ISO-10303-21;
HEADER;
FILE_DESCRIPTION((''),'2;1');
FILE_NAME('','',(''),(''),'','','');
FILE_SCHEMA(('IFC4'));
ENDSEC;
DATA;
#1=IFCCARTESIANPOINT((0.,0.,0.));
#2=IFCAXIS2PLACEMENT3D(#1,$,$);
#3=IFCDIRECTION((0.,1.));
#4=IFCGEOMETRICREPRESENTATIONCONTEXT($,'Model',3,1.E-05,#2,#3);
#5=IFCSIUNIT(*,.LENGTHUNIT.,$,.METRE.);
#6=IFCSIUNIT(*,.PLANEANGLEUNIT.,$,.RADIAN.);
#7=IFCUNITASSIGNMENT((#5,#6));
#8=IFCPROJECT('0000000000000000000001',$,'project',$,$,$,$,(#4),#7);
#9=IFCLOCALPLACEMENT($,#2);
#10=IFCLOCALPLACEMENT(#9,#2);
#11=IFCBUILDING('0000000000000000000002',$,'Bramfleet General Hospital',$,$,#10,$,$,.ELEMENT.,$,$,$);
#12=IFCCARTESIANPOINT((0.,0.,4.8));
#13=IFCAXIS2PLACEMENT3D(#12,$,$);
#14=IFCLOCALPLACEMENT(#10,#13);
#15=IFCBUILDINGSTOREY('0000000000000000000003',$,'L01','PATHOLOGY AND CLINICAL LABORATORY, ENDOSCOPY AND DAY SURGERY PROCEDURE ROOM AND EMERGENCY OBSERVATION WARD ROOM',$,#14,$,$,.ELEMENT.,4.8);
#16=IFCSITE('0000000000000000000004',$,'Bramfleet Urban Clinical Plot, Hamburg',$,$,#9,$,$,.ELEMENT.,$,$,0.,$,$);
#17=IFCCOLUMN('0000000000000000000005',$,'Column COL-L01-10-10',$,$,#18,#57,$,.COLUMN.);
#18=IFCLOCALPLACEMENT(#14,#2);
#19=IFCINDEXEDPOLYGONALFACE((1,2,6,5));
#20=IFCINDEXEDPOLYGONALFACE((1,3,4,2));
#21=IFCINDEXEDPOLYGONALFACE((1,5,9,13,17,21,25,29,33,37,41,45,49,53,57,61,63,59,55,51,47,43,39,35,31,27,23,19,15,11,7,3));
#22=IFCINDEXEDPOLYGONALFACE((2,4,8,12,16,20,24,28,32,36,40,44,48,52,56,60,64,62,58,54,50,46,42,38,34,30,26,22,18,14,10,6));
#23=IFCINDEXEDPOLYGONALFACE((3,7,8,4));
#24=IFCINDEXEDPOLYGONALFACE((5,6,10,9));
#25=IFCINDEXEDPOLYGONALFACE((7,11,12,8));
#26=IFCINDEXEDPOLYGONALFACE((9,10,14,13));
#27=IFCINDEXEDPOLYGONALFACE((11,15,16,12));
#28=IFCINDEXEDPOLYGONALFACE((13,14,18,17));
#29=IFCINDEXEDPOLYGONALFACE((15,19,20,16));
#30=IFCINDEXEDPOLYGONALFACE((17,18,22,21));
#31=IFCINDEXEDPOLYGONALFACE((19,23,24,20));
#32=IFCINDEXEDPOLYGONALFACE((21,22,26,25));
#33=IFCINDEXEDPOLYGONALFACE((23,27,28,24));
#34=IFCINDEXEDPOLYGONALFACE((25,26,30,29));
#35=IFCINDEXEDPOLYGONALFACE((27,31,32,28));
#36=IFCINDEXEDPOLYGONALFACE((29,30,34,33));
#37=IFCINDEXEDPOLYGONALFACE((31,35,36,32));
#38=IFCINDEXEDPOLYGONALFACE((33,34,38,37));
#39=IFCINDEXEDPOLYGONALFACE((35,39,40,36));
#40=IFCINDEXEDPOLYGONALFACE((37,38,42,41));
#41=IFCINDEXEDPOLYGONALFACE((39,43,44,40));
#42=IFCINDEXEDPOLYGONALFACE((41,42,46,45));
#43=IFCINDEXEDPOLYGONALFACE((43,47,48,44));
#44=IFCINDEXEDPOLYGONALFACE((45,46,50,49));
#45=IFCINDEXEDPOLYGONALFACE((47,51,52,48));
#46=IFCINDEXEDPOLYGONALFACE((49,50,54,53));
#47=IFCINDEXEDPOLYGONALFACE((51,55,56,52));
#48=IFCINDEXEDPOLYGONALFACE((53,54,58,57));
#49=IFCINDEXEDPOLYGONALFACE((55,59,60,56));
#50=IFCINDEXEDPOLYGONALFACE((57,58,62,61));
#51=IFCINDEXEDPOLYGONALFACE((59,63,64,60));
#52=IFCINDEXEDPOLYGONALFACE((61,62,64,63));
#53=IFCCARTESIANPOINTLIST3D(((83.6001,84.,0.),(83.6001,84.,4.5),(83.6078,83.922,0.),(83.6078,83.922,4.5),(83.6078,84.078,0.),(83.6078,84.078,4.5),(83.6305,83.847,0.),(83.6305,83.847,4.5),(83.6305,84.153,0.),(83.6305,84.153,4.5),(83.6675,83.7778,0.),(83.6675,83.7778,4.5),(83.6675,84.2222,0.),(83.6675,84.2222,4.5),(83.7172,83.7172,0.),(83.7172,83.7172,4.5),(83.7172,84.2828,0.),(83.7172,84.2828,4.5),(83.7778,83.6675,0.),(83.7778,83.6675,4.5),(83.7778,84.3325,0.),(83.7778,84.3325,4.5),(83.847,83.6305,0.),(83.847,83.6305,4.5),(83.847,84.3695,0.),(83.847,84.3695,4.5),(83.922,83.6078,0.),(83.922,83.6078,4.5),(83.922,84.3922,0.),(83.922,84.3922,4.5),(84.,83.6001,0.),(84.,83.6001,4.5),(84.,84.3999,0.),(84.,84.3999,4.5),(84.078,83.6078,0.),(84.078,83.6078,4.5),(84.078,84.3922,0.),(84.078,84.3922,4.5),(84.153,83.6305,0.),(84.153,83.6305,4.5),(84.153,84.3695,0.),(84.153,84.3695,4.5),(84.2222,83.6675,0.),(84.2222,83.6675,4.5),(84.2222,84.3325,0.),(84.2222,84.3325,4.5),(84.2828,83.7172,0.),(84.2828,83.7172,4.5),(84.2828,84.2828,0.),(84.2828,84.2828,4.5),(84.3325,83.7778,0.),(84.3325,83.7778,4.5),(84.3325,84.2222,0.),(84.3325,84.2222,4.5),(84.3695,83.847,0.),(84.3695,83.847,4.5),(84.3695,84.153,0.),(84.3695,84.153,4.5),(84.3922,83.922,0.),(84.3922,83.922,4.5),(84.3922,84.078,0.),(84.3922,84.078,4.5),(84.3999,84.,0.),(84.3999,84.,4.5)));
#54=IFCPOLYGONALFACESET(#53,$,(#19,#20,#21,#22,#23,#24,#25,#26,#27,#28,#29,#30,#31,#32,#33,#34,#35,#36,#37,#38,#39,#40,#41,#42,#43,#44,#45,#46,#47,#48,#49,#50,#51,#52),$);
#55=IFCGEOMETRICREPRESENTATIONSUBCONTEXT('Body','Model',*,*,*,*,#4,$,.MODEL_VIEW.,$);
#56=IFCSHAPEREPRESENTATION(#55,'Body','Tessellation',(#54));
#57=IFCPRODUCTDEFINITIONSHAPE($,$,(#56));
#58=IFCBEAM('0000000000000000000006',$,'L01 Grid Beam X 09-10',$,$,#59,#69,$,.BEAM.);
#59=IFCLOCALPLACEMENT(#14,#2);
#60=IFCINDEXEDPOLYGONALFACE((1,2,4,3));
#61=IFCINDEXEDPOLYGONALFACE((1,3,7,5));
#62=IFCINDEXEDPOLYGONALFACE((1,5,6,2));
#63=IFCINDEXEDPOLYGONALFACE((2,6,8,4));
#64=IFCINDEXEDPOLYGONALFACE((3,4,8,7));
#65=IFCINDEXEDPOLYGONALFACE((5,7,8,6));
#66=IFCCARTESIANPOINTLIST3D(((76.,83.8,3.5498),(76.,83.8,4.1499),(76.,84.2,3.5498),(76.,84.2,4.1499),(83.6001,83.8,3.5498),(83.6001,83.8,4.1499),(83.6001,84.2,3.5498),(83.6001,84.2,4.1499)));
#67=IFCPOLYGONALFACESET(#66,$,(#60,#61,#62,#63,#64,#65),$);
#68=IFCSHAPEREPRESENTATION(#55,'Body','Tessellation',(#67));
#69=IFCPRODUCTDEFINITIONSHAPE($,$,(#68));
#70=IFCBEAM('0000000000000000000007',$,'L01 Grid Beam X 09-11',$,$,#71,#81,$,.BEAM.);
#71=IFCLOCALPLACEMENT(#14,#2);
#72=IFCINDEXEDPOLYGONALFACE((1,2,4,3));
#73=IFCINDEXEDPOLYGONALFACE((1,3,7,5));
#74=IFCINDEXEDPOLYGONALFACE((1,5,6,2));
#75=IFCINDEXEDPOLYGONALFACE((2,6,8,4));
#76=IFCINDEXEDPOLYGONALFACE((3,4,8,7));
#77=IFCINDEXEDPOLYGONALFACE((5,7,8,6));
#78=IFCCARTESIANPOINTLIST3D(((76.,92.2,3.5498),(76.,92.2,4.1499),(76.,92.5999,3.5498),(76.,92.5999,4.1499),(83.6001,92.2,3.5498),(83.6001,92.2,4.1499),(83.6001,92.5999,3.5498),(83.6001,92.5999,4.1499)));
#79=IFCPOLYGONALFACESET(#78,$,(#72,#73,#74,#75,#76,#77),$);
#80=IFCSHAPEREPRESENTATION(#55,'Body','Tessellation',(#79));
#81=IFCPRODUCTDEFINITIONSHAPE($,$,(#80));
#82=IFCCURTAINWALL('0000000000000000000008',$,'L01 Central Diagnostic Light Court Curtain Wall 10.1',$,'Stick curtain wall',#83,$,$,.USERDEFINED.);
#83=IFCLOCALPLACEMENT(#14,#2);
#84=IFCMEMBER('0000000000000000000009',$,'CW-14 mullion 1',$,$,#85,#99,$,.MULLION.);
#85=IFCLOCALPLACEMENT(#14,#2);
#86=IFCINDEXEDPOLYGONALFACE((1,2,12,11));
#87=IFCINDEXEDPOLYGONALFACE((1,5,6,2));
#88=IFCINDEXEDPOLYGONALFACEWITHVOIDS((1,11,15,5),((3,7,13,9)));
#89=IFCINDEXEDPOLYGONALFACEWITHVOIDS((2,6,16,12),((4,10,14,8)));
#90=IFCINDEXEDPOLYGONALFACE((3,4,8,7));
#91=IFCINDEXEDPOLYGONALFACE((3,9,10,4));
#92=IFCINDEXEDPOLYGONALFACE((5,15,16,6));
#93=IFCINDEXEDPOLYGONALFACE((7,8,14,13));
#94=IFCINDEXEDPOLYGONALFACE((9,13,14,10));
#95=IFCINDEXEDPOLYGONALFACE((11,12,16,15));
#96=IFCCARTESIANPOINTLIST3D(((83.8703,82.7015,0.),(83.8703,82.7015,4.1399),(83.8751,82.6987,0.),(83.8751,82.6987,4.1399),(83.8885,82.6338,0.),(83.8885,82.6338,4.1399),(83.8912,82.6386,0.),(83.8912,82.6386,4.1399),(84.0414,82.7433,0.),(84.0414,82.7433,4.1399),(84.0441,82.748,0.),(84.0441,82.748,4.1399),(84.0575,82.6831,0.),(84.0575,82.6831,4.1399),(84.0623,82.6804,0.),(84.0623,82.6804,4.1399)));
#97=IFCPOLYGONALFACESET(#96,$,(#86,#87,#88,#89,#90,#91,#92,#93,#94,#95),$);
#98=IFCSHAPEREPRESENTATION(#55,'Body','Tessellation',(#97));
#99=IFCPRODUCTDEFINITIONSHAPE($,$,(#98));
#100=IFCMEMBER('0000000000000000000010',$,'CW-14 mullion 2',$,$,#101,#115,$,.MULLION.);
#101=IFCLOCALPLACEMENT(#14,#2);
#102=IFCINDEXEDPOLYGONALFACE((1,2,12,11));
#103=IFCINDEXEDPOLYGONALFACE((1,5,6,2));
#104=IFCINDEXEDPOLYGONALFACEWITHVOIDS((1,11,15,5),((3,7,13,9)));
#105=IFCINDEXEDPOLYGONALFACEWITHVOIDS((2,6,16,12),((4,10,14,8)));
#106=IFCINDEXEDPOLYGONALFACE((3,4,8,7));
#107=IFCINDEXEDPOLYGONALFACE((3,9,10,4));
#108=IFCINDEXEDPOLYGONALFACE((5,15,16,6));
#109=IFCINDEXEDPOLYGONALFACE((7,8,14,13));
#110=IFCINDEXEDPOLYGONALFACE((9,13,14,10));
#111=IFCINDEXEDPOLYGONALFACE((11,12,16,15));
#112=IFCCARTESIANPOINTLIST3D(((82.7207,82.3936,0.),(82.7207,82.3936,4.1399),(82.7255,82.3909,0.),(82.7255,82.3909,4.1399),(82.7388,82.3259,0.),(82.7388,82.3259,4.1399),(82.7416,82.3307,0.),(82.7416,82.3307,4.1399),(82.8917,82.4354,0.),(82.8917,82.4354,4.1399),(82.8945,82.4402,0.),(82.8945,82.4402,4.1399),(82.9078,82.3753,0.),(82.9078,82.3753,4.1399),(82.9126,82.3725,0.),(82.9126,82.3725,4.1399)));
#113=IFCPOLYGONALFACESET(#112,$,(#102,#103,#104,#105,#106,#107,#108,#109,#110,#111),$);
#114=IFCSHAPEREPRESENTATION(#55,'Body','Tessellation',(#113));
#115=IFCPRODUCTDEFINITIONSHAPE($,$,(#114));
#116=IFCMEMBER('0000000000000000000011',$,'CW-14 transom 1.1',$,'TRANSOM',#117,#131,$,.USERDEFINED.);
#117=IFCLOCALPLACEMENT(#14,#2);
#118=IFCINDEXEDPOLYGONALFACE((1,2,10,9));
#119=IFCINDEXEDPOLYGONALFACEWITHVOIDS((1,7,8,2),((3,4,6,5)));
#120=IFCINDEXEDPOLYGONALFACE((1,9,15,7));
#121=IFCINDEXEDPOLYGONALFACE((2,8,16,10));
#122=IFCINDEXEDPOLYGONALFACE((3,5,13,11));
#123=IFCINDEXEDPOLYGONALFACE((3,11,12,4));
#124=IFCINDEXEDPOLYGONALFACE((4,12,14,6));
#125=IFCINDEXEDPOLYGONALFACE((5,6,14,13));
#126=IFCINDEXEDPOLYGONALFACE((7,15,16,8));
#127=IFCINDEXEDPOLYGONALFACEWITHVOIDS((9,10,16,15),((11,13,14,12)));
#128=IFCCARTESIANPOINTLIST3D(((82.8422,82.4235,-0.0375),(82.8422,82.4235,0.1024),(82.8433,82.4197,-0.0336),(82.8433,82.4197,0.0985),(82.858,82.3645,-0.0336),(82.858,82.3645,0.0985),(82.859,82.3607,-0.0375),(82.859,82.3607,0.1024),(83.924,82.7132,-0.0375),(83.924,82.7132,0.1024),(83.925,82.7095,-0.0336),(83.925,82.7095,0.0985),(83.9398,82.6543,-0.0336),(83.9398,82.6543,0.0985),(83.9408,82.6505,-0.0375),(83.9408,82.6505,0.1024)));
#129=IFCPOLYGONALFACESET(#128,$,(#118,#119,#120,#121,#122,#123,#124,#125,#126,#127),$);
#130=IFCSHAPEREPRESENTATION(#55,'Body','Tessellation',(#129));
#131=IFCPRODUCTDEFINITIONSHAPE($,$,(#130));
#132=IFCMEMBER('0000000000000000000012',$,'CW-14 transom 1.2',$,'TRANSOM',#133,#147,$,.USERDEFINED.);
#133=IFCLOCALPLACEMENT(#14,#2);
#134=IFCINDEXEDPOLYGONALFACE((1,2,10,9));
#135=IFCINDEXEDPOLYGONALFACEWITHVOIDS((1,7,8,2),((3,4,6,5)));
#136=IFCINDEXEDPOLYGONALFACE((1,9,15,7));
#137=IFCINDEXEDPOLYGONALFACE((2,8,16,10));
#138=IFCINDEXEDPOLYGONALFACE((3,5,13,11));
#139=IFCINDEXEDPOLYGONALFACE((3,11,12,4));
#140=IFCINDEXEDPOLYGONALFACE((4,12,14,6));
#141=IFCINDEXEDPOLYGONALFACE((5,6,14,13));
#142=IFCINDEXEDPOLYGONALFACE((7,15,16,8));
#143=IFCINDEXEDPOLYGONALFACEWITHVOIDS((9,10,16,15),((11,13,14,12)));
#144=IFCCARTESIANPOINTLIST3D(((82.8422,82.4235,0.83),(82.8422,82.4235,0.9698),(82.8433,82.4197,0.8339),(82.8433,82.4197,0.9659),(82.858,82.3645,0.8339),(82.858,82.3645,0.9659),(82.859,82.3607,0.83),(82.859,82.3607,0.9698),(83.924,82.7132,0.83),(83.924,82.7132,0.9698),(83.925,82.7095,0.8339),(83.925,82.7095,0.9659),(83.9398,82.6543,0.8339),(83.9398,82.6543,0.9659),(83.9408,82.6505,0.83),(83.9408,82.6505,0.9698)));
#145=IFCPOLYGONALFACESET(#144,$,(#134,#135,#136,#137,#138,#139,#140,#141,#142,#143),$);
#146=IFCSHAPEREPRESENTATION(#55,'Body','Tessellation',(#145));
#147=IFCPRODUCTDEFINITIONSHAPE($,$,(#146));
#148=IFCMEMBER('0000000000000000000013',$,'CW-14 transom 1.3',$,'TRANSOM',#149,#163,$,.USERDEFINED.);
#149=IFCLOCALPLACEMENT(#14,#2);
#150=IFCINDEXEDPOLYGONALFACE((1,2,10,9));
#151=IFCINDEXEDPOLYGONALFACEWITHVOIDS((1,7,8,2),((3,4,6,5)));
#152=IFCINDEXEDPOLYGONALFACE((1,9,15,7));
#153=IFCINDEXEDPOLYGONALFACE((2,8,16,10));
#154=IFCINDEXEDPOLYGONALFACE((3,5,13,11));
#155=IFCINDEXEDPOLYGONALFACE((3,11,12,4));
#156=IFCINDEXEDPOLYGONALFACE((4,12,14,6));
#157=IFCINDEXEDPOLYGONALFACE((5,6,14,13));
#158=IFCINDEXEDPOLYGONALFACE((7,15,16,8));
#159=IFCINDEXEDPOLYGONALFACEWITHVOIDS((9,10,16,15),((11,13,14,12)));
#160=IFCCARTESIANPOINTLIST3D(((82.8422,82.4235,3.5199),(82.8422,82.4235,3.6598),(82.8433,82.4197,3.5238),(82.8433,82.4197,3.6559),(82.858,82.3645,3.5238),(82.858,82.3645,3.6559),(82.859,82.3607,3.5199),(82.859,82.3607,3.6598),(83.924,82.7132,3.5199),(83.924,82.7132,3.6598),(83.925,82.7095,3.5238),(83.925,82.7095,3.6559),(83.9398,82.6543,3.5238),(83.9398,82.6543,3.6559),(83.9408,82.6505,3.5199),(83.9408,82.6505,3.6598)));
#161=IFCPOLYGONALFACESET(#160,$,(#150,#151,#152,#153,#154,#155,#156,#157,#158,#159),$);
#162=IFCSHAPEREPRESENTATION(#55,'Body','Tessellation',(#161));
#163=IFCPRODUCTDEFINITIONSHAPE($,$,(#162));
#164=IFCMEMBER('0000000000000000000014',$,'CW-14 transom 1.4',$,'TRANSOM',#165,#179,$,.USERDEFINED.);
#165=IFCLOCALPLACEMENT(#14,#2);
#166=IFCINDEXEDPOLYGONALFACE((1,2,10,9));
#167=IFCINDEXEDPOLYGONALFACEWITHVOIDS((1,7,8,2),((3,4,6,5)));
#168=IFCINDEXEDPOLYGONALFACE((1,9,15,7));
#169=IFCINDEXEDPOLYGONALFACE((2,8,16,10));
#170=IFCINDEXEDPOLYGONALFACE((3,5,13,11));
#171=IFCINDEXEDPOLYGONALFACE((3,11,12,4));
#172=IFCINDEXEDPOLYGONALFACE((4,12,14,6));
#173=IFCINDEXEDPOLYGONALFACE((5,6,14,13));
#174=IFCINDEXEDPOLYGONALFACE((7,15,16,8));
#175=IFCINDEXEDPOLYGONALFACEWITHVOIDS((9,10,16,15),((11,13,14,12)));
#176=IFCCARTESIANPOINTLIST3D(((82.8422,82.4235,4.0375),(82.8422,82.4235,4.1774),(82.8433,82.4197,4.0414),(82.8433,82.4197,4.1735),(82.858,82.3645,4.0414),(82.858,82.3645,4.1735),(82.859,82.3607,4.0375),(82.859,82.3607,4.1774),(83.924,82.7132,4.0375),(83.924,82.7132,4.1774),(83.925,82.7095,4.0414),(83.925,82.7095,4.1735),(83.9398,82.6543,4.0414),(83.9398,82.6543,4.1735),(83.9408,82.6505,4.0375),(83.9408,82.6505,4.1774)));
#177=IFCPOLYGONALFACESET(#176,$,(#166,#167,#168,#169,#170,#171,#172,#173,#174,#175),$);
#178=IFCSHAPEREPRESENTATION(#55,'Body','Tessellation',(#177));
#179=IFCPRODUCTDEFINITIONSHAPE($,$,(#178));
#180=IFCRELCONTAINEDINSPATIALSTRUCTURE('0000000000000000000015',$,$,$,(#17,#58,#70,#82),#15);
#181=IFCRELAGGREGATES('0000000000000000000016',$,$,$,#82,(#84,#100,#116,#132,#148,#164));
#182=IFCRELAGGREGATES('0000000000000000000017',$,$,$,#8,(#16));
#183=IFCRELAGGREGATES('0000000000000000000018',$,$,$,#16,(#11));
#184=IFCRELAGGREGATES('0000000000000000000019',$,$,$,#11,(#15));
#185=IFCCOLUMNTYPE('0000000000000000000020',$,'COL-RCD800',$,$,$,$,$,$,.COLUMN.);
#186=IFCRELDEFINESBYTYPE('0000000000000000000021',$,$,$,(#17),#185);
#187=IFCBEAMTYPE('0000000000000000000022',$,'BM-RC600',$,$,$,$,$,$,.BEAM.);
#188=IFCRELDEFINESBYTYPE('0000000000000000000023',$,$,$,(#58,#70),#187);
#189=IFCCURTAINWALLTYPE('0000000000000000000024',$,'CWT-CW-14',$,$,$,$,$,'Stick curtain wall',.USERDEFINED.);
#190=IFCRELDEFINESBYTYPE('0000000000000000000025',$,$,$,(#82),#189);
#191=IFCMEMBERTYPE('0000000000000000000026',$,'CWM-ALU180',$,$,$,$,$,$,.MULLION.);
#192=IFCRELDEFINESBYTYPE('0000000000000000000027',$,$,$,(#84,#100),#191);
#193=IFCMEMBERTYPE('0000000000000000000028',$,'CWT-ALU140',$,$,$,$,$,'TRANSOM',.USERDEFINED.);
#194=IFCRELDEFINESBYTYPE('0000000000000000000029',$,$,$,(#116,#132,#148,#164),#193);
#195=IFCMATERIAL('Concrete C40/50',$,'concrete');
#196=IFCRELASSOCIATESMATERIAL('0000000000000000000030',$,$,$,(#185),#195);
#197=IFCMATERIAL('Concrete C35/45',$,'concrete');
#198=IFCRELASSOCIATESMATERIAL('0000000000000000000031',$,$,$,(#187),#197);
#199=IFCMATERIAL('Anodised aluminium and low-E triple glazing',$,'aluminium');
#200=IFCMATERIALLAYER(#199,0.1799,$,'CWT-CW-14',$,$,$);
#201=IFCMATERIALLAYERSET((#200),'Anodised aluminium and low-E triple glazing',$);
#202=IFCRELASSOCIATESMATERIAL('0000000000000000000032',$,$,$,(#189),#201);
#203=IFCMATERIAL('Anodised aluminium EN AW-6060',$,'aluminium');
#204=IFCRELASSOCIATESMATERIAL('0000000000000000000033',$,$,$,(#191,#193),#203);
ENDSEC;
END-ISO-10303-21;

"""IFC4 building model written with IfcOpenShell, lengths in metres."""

from ifc_helpers import new_model, si_unit, direction, frame, origin, origin_2d, place, context, subcontext, project, spatial, rectangle, hollow_rectangle, circle, extrude, material, layer, layer_set, material_profile, profile_set, type_object, element, aggregate, save


model = new_model("IFC4")

# Units and contexts
model_context = context("Model", 3, precision=1e-05, world=origin(), true_north=direction((0.0, 1.0)))
body_context = subcontext(model_context, "Body", "Model", "MODEL_VIEW")
ifc_project = project(units=[si_unit("LENGTHUNIT", "METRE"), si_unit("PLANEANGLEUNIT", "RADIAN")], contexts=[model_context])

# Site, building, storey
site_placement = place(None, origin())
site = spatial("IfcSite", under=ifc_project, at=site_placement, Name="Bramfleet Urban Clinical Plot, Hamburg", CompositionType="ELEMENT", RefElevation=0.0)
building_placement = place(site_placement, origin())
building = spatial("IfcBuilding", under=site, at=building_placement, Name="Bramfleet General Hospital", CompositionType="ELEMENT")
storey_placement = place(building_placement, frame((0.0, 0.0, 4.8)))
storey = spatial("IfcBuildingStorey", under=building, at=storey_placement, Name="L01", Description="PATHOLOGY AND CLINICAL LABORATORY, ENDOSCOPY AND DAY SURGERY PROCEDURE ROOM AND EMERGENCY OBSERVATION WARD ROOM", CompositionType="ELEMENT", Elevation=4.8)

# Column
ifc_material_1 = material(Name="Concrete C40/50", Category="concrete")
ifc_material_profile_1 = material_profile(ifc_material_1, circle(Radius=0.3999, at=origin_2d()), Name="RC ROUND D800")
ifc_profile_set_1 = profile_set([ifc_material_profile_1], Name="Concrete C40/50")
column_type = type_object("IfcColumnType", Name="COL-RCD800", PredefinedType="COLUMN", material=ifc_profile_set_1)
column_placement = place(storey_placement, frame((84.0, 84.0, 0.0), z_axis=(0.0, 0.0, 1.0), x_axis=(1.0, 0.0, 0.0)))
element("IfcColumn", 1, at=column_placement, inside=storey, type_object=column_type, Name="Column COL-L01-10-10", PredefinedType="COLUMN", context=body_context, shape_type="SweptSolid", body=[
    extrude(circle(Radius=0.3999, at=origin_2d()), origin(), (0.0, 0.0, 1.0), 4.5),
])

# Beams
ifc_material_2 = material(Name="Concrete C35/45", Category="concrete")
ifc_material_profile_2 = material_profile(ifc_material_2, rectangle(XDim=0.3999, YDim=0.6001, at=origin_2d()), Name="RC BM 600x400")
ifc_profile_set_2 = profile_set([ifc_material_profile_2], Name="Concrete C35/45")
beam_type = type_object("IfcBeamType", Name="BM-RC600", PredefinedType="BEAM", material=ifc_profile_set_2)
for number, where, z_axis, x_axis, name in (
    (2, (76.0, 84.0, 3.8499), (1.0, 0.0, 0.0), (0.0, 1.0, 0.0), "L01 Grid Beam X 09-10"),
    (3, (76.0, 92.3999, 3.8499), (1.0, 0.0, 0.0), (0.0, 1.0, 0.0), "L01 Grid Beam X 09-11"),
):
    element("IfcBeam", number, at=place(storey_placement, frame(where, z_axis=z_axis, x_axis=x_axis)), inside=storey, type_object=beam_type, Name=name, PredefinedType="BEAM", context=body_context, shape_type="SweptSolid", body=[
        extrude(rectangle(XDim=0.3999, YDim=0.6001, at=origin_2d()), origin(), (0.0, 0.0, 1.0), 7.6001),
    ])

# Curtain wall, members
ifc_material_3 = material(Name="Anodised aluminium and low-E triple glazing", Category="aluminium")
ifc_layer_1 = layer(ifc_material_3, 0.1799, Name="CWT-CW-14")
ifc_layer_set_1 = layer_set([ifc_layer_1], Name="Anodised aluminium and low-E triple glazing")
curtain_wall_type = type_object("IfcCurtainWallType", Name="CWT-CW-14", ElementType="Stick curtain wall", PredefinedType="USERDEFINED", material=ifc_layer_set_1)
curtain_wall_placement = place(storey_placement, origin())
curtain_wall = element("IfcCurtainWall", 4, at=curtain_wall_placement, inside=storey, type_object=curtain_wall_type, Name="L01 Central Diagnostic Light Court Curtain Wall 10.1", ObjectType="Stick curtain wall", PredefinedType="USERDEFINED")
ifc_material_4 = material(Name="Anodised aluminium EN AW-6060", Category="aluminium")
ifc_material_profile_3 = material_profile(ifc_material_4, hollow_rectangle(XDim=0.0701, YDim=0.1799, WallThickness=0.0039, at=origin_2d()), Name="ALU 180x70x4.0")
ifc_profile_set_3 = profile_set([ifc_material_profile_3], Name="Anodised aluminium EN AW-6060")
member_type_1 = type_object("IfcMemberType", Name="CWM-ALU180", PredefinedType="MULLION", material=ifc_profile_set_3)
member_1_placement = place(storey_placement, frame((83.9663, 82.6909, 0.0), z_axis=(0.0, 0.0, 1.0), x_axis=(0.258763, -0.965941, 0.0)))
member_1 = element("IfcMember", 5, at=member_1_placement, type_object=member_type_1, Name="CW-14 mullion 1", PredefinedType="MULLION", context=body_context, shape_type="SweptSolid", body=[
    extrude(hollow_rectangle(XDim=0.0701, YDim=0.1799, WallThickness=0.0039, at=origin_2d()), origin(), (0.0, 0.0, 1.0), 4.1399),
])
member_2_placement = place(storey_placement, frame((82.8167, 82.3831, 0.0), z_axis=(0.0, 0.0, 1.0), x_axis=(0.258763, -0.965941, 0.0)))
member_2 = element("IfcMember", 6, at=member_2_placement, type_object=member_type_1, Name="CW-14 mullion 2", PredefinedType="MULLION", context=body_context, shape_type="SweptSolid", body=[
    extrude(hollow_rectangle(XDim=0.0701, YDim=0.1799, WallThickness=0.0039, at=origin_2d()), origin(), (0.0, 0.0, 1.0), 4.1399),
])
ifc_material_profile_4 = material_profile(ifc_material_4, hollow_rectangle(XDim=0.0649, YDim=0.1399, WallThickness=0.0039, at=origin_2d()), Name="ALU 140x65x4.0")
ifc_profile_set_4 = profile_set([ifc_material_profile_4], Name="Anodised aluminium EN AW-6060")
member_type_2 = type_object("IfcMemberType", Name="CWT-ALU140", ElementType="TRANSOM", PredefinedType="USERDEFINED", material=ifc_profile_set_4)
member_3_placement = place(storey_placement, frame((83.9324, 82.6819, 0.0325), z_axis=(-0.965941, -0.258762, 0.0), x_axis=(0.258762, -0.965941, 0.0)))
member_3 = element("IfcMember", 7, at=member_3_placement, type_object=member_type_2, Name="CW-14 transom 1.1", ObjectType="TRANSOM", PredefinedType="USERDEFINED", context=body_context, shape_type="SweptSolid", body=[
    extrude(hollow_rectangle(XDim=0.0649, YDim=0.1399, WallThickness=0.0039, at=origin_2d()), origin(), (0.0, 0.0, 1.0), 1.1199),
])
member_4_placement = place(storey_placement, frame((83.9324, 82.6819, 0.8999), z_axis=(-0.965941, -0.258762, 0.0), x_axis=(0.258762, -0.965941, 0.0)))
member_4 = element("IfcMember", 8, at=member_4_placement, type_object=member_type_2, Name="CW-14 transom 1.2", ObjectType="TRANSOM", PredefinedType="USERDEFINED", context=body_context, shape_type="SweptSolid", body=[
    extrude(hollow_rectangle(XDim=0.0649, YDim=0.1399, WallThickness=0.0039, at=origin_2d()), origin(), (0.0, 0.0, 1.0), 1.1199),
])
member_5_placement = place(storey_placement, frame((83.9324, 82.6819, 3.5898), z_axis=(-0.965941, -0.258762, 0.0), x_axis=(0.258762, -0.965941, 0.0)))
member_5 = element("IfcMember", 9, at=member_5_placement, type_object=member_type_2, Name="CW-14 transom 1.3", ObjectType="TRANSOM", PredefinedType="USERDEFINED", context=body_context, shape_type="SweptSolid", body=[
    extrude(hollow_rectangle(XDim=0.0649, YDim=0.1399, WallThickness=0.0039, at=origin_2d()), origin(), (0.0, 0.0, 1.0), 1.1199),
])
member_6_placement = place(storey_placement, frame((83.9324, 82.6819, 4.1074), z_axis=(-0.965941, -0.258762, 0.0), x_axis=(0.258762, -0.965941, 0.0)))
member_6 = element("IfcMember", 10, at=member_6_placement, type_object=member_type_2, Name="CW-14 transom 1.4", ObjectType="TRANSOM", PredefinedType="USERDEFINED", context=body_context, shape_type="SweptSolid", body=[
    extrude(hollow_rectangle(XDim=0.0649, YDim=0.1399, WallThickness=0.0039, at=origin_2d()), origin(), (0.0, 0.0, 1.0), 1.1199),
])
aggregate(curtain_wall, [member_1, member_2, member_3, member_4, member_5, member_6])

save(model, "model.ifc")
